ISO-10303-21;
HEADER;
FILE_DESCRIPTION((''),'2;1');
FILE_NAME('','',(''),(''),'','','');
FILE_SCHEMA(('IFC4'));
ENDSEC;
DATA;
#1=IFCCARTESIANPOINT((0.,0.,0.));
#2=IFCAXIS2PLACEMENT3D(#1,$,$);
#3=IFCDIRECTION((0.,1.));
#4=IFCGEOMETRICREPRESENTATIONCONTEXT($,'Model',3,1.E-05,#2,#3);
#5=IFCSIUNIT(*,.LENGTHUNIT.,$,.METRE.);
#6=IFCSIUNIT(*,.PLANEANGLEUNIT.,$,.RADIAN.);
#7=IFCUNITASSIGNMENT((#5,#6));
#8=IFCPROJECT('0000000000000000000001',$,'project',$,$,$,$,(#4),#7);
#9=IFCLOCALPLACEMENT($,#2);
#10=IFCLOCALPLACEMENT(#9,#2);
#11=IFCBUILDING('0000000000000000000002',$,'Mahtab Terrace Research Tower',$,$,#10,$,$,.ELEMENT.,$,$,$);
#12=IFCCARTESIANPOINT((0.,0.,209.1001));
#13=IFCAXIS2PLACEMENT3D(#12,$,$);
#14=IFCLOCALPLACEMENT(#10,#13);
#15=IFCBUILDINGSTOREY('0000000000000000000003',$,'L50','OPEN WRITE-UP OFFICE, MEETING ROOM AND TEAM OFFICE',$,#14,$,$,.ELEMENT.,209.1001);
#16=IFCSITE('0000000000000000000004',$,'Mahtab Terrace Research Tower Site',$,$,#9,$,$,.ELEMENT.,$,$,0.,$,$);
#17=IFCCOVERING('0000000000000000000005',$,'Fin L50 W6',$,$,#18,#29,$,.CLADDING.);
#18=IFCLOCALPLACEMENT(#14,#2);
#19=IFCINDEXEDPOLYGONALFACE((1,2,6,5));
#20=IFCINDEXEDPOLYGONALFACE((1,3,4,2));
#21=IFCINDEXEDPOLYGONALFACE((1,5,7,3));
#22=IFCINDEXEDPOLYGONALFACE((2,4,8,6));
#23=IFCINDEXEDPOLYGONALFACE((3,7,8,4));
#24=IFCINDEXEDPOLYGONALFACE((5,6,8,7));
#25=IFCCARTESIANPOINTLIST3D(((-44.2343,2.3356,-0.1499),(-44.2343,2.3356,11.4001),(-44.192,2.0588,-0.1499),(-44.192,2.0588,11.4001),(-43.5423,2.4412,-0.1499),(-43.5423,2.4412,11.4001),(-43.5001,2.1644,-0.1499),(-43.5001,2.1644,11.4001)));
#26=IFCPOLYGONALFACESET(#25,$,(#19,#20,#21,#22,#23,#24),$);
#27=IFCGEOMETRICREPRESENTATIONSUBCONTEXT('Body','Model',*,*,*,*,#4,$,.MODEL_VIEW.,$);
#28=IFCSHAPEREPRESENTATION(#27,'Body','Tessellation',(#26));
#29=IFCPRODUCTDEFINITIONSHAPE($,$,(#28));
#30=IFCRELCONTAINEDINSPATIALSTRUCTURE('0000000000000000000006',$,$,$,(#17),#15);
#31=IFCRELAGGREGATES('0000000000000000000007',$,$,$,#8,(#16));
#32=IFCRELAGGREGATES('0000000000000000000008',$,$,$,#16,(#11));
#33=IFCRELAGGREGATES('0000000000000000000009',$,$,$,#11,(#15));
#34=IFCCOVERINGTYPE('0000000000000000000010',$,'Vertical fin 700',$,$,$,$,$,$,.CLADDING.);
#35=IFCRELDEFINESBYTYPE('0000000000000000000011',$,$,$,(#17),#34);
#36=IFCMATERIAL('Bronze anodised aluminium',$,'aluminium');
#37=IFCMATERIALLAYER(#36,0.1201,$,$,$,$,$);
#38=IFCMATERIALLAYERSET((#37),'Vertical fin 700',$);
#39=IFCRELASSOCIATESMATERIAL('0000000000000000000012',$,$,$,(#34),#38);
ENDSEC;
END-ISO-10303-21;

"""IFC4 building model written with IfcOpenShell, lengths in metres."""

from ifc_helpers import new_model, si_unit, direction, frame, origin, origin_2d, place, context, subcontext, project, spatial, rectangle, extrude, material, layer, layer_set, type_object, element, save


model = new_model("IFC4")

# Units and contexts
model_context = context("Model", 3, precision=1e-05, world=origin(), true_north=direction((0.0, 1.0)))
body_context = subcontext(model_context, "Body", "Model", "MODEL_VIEW")
ifc_project = project(units=[si_unit("LENGTHUNIT", "METRE"), si_unit("PLANEANGLEUNIT", "RADIAN")], contexts=[model_context])

# Site, building, storey
site_placement = place(None, origin())
site = spatial("IfcSite", under=ifc_project, at=site_placement, Name="Mahtab Terrace Research Tower Site", CompositionType="ELEMENT", RefElevation=0.0)
building_placement = place(site_placement, origin())
building = spatial("IfcBuilding", under=site, at=building_placement, Name="Mahtab Terrace Research Tower", CompositionType="ELEMENT")
storey_placement = place(building_placement, frame((0.0, 0.0, 209.1001)))
storey = spatial("IfcBuildingStorey", under=building, at=storey_placement, Name="L50", Description="OPEN WRITE-UP OFFICE, MEETING ROOM AND TEAM OFFICE", CompositionType="ELEMENT", Elevation=209.1001)

# Covering
ifc_material_1 = material(Name="Bronze anodised aluminium", Category="aluminium")
ifc_layer_1 = layer(ifc_material_1, 0.1201)
ifc_layer_set_1 = layer_set([ifc_layer_1], Name="Vertical fin 700")
covering_type = type_object("IfcCoveringType", Name="Vertical fin 700", PredefinedType="CLADDING", material=ifc_layer_set_1)
for number, where, z_axis, x_axis, name in (
    (1, (-43.8672, 2.25, -0.1499), (0.0, 0.0, 1.0), (0.150855, -0.988556, 0.0), "Fin L50 W6"),
):
    element("IfcCovering", number, at=place(storey_placement, frame(where, z_axis=z_axis, x_axis=x_axis)), inside=storey, type_object=covering_type, Name=name, PredefinedType="CLADDING", context=body_context, shape_type="SweptSolid", body=[
        extrude(rectangle(XDim=0.28, YDim=0.7, at=origin_2d()), origin(), (0.0, 0.0, 1.0), 11.55),
    ])

save(model, "model.ifc")
